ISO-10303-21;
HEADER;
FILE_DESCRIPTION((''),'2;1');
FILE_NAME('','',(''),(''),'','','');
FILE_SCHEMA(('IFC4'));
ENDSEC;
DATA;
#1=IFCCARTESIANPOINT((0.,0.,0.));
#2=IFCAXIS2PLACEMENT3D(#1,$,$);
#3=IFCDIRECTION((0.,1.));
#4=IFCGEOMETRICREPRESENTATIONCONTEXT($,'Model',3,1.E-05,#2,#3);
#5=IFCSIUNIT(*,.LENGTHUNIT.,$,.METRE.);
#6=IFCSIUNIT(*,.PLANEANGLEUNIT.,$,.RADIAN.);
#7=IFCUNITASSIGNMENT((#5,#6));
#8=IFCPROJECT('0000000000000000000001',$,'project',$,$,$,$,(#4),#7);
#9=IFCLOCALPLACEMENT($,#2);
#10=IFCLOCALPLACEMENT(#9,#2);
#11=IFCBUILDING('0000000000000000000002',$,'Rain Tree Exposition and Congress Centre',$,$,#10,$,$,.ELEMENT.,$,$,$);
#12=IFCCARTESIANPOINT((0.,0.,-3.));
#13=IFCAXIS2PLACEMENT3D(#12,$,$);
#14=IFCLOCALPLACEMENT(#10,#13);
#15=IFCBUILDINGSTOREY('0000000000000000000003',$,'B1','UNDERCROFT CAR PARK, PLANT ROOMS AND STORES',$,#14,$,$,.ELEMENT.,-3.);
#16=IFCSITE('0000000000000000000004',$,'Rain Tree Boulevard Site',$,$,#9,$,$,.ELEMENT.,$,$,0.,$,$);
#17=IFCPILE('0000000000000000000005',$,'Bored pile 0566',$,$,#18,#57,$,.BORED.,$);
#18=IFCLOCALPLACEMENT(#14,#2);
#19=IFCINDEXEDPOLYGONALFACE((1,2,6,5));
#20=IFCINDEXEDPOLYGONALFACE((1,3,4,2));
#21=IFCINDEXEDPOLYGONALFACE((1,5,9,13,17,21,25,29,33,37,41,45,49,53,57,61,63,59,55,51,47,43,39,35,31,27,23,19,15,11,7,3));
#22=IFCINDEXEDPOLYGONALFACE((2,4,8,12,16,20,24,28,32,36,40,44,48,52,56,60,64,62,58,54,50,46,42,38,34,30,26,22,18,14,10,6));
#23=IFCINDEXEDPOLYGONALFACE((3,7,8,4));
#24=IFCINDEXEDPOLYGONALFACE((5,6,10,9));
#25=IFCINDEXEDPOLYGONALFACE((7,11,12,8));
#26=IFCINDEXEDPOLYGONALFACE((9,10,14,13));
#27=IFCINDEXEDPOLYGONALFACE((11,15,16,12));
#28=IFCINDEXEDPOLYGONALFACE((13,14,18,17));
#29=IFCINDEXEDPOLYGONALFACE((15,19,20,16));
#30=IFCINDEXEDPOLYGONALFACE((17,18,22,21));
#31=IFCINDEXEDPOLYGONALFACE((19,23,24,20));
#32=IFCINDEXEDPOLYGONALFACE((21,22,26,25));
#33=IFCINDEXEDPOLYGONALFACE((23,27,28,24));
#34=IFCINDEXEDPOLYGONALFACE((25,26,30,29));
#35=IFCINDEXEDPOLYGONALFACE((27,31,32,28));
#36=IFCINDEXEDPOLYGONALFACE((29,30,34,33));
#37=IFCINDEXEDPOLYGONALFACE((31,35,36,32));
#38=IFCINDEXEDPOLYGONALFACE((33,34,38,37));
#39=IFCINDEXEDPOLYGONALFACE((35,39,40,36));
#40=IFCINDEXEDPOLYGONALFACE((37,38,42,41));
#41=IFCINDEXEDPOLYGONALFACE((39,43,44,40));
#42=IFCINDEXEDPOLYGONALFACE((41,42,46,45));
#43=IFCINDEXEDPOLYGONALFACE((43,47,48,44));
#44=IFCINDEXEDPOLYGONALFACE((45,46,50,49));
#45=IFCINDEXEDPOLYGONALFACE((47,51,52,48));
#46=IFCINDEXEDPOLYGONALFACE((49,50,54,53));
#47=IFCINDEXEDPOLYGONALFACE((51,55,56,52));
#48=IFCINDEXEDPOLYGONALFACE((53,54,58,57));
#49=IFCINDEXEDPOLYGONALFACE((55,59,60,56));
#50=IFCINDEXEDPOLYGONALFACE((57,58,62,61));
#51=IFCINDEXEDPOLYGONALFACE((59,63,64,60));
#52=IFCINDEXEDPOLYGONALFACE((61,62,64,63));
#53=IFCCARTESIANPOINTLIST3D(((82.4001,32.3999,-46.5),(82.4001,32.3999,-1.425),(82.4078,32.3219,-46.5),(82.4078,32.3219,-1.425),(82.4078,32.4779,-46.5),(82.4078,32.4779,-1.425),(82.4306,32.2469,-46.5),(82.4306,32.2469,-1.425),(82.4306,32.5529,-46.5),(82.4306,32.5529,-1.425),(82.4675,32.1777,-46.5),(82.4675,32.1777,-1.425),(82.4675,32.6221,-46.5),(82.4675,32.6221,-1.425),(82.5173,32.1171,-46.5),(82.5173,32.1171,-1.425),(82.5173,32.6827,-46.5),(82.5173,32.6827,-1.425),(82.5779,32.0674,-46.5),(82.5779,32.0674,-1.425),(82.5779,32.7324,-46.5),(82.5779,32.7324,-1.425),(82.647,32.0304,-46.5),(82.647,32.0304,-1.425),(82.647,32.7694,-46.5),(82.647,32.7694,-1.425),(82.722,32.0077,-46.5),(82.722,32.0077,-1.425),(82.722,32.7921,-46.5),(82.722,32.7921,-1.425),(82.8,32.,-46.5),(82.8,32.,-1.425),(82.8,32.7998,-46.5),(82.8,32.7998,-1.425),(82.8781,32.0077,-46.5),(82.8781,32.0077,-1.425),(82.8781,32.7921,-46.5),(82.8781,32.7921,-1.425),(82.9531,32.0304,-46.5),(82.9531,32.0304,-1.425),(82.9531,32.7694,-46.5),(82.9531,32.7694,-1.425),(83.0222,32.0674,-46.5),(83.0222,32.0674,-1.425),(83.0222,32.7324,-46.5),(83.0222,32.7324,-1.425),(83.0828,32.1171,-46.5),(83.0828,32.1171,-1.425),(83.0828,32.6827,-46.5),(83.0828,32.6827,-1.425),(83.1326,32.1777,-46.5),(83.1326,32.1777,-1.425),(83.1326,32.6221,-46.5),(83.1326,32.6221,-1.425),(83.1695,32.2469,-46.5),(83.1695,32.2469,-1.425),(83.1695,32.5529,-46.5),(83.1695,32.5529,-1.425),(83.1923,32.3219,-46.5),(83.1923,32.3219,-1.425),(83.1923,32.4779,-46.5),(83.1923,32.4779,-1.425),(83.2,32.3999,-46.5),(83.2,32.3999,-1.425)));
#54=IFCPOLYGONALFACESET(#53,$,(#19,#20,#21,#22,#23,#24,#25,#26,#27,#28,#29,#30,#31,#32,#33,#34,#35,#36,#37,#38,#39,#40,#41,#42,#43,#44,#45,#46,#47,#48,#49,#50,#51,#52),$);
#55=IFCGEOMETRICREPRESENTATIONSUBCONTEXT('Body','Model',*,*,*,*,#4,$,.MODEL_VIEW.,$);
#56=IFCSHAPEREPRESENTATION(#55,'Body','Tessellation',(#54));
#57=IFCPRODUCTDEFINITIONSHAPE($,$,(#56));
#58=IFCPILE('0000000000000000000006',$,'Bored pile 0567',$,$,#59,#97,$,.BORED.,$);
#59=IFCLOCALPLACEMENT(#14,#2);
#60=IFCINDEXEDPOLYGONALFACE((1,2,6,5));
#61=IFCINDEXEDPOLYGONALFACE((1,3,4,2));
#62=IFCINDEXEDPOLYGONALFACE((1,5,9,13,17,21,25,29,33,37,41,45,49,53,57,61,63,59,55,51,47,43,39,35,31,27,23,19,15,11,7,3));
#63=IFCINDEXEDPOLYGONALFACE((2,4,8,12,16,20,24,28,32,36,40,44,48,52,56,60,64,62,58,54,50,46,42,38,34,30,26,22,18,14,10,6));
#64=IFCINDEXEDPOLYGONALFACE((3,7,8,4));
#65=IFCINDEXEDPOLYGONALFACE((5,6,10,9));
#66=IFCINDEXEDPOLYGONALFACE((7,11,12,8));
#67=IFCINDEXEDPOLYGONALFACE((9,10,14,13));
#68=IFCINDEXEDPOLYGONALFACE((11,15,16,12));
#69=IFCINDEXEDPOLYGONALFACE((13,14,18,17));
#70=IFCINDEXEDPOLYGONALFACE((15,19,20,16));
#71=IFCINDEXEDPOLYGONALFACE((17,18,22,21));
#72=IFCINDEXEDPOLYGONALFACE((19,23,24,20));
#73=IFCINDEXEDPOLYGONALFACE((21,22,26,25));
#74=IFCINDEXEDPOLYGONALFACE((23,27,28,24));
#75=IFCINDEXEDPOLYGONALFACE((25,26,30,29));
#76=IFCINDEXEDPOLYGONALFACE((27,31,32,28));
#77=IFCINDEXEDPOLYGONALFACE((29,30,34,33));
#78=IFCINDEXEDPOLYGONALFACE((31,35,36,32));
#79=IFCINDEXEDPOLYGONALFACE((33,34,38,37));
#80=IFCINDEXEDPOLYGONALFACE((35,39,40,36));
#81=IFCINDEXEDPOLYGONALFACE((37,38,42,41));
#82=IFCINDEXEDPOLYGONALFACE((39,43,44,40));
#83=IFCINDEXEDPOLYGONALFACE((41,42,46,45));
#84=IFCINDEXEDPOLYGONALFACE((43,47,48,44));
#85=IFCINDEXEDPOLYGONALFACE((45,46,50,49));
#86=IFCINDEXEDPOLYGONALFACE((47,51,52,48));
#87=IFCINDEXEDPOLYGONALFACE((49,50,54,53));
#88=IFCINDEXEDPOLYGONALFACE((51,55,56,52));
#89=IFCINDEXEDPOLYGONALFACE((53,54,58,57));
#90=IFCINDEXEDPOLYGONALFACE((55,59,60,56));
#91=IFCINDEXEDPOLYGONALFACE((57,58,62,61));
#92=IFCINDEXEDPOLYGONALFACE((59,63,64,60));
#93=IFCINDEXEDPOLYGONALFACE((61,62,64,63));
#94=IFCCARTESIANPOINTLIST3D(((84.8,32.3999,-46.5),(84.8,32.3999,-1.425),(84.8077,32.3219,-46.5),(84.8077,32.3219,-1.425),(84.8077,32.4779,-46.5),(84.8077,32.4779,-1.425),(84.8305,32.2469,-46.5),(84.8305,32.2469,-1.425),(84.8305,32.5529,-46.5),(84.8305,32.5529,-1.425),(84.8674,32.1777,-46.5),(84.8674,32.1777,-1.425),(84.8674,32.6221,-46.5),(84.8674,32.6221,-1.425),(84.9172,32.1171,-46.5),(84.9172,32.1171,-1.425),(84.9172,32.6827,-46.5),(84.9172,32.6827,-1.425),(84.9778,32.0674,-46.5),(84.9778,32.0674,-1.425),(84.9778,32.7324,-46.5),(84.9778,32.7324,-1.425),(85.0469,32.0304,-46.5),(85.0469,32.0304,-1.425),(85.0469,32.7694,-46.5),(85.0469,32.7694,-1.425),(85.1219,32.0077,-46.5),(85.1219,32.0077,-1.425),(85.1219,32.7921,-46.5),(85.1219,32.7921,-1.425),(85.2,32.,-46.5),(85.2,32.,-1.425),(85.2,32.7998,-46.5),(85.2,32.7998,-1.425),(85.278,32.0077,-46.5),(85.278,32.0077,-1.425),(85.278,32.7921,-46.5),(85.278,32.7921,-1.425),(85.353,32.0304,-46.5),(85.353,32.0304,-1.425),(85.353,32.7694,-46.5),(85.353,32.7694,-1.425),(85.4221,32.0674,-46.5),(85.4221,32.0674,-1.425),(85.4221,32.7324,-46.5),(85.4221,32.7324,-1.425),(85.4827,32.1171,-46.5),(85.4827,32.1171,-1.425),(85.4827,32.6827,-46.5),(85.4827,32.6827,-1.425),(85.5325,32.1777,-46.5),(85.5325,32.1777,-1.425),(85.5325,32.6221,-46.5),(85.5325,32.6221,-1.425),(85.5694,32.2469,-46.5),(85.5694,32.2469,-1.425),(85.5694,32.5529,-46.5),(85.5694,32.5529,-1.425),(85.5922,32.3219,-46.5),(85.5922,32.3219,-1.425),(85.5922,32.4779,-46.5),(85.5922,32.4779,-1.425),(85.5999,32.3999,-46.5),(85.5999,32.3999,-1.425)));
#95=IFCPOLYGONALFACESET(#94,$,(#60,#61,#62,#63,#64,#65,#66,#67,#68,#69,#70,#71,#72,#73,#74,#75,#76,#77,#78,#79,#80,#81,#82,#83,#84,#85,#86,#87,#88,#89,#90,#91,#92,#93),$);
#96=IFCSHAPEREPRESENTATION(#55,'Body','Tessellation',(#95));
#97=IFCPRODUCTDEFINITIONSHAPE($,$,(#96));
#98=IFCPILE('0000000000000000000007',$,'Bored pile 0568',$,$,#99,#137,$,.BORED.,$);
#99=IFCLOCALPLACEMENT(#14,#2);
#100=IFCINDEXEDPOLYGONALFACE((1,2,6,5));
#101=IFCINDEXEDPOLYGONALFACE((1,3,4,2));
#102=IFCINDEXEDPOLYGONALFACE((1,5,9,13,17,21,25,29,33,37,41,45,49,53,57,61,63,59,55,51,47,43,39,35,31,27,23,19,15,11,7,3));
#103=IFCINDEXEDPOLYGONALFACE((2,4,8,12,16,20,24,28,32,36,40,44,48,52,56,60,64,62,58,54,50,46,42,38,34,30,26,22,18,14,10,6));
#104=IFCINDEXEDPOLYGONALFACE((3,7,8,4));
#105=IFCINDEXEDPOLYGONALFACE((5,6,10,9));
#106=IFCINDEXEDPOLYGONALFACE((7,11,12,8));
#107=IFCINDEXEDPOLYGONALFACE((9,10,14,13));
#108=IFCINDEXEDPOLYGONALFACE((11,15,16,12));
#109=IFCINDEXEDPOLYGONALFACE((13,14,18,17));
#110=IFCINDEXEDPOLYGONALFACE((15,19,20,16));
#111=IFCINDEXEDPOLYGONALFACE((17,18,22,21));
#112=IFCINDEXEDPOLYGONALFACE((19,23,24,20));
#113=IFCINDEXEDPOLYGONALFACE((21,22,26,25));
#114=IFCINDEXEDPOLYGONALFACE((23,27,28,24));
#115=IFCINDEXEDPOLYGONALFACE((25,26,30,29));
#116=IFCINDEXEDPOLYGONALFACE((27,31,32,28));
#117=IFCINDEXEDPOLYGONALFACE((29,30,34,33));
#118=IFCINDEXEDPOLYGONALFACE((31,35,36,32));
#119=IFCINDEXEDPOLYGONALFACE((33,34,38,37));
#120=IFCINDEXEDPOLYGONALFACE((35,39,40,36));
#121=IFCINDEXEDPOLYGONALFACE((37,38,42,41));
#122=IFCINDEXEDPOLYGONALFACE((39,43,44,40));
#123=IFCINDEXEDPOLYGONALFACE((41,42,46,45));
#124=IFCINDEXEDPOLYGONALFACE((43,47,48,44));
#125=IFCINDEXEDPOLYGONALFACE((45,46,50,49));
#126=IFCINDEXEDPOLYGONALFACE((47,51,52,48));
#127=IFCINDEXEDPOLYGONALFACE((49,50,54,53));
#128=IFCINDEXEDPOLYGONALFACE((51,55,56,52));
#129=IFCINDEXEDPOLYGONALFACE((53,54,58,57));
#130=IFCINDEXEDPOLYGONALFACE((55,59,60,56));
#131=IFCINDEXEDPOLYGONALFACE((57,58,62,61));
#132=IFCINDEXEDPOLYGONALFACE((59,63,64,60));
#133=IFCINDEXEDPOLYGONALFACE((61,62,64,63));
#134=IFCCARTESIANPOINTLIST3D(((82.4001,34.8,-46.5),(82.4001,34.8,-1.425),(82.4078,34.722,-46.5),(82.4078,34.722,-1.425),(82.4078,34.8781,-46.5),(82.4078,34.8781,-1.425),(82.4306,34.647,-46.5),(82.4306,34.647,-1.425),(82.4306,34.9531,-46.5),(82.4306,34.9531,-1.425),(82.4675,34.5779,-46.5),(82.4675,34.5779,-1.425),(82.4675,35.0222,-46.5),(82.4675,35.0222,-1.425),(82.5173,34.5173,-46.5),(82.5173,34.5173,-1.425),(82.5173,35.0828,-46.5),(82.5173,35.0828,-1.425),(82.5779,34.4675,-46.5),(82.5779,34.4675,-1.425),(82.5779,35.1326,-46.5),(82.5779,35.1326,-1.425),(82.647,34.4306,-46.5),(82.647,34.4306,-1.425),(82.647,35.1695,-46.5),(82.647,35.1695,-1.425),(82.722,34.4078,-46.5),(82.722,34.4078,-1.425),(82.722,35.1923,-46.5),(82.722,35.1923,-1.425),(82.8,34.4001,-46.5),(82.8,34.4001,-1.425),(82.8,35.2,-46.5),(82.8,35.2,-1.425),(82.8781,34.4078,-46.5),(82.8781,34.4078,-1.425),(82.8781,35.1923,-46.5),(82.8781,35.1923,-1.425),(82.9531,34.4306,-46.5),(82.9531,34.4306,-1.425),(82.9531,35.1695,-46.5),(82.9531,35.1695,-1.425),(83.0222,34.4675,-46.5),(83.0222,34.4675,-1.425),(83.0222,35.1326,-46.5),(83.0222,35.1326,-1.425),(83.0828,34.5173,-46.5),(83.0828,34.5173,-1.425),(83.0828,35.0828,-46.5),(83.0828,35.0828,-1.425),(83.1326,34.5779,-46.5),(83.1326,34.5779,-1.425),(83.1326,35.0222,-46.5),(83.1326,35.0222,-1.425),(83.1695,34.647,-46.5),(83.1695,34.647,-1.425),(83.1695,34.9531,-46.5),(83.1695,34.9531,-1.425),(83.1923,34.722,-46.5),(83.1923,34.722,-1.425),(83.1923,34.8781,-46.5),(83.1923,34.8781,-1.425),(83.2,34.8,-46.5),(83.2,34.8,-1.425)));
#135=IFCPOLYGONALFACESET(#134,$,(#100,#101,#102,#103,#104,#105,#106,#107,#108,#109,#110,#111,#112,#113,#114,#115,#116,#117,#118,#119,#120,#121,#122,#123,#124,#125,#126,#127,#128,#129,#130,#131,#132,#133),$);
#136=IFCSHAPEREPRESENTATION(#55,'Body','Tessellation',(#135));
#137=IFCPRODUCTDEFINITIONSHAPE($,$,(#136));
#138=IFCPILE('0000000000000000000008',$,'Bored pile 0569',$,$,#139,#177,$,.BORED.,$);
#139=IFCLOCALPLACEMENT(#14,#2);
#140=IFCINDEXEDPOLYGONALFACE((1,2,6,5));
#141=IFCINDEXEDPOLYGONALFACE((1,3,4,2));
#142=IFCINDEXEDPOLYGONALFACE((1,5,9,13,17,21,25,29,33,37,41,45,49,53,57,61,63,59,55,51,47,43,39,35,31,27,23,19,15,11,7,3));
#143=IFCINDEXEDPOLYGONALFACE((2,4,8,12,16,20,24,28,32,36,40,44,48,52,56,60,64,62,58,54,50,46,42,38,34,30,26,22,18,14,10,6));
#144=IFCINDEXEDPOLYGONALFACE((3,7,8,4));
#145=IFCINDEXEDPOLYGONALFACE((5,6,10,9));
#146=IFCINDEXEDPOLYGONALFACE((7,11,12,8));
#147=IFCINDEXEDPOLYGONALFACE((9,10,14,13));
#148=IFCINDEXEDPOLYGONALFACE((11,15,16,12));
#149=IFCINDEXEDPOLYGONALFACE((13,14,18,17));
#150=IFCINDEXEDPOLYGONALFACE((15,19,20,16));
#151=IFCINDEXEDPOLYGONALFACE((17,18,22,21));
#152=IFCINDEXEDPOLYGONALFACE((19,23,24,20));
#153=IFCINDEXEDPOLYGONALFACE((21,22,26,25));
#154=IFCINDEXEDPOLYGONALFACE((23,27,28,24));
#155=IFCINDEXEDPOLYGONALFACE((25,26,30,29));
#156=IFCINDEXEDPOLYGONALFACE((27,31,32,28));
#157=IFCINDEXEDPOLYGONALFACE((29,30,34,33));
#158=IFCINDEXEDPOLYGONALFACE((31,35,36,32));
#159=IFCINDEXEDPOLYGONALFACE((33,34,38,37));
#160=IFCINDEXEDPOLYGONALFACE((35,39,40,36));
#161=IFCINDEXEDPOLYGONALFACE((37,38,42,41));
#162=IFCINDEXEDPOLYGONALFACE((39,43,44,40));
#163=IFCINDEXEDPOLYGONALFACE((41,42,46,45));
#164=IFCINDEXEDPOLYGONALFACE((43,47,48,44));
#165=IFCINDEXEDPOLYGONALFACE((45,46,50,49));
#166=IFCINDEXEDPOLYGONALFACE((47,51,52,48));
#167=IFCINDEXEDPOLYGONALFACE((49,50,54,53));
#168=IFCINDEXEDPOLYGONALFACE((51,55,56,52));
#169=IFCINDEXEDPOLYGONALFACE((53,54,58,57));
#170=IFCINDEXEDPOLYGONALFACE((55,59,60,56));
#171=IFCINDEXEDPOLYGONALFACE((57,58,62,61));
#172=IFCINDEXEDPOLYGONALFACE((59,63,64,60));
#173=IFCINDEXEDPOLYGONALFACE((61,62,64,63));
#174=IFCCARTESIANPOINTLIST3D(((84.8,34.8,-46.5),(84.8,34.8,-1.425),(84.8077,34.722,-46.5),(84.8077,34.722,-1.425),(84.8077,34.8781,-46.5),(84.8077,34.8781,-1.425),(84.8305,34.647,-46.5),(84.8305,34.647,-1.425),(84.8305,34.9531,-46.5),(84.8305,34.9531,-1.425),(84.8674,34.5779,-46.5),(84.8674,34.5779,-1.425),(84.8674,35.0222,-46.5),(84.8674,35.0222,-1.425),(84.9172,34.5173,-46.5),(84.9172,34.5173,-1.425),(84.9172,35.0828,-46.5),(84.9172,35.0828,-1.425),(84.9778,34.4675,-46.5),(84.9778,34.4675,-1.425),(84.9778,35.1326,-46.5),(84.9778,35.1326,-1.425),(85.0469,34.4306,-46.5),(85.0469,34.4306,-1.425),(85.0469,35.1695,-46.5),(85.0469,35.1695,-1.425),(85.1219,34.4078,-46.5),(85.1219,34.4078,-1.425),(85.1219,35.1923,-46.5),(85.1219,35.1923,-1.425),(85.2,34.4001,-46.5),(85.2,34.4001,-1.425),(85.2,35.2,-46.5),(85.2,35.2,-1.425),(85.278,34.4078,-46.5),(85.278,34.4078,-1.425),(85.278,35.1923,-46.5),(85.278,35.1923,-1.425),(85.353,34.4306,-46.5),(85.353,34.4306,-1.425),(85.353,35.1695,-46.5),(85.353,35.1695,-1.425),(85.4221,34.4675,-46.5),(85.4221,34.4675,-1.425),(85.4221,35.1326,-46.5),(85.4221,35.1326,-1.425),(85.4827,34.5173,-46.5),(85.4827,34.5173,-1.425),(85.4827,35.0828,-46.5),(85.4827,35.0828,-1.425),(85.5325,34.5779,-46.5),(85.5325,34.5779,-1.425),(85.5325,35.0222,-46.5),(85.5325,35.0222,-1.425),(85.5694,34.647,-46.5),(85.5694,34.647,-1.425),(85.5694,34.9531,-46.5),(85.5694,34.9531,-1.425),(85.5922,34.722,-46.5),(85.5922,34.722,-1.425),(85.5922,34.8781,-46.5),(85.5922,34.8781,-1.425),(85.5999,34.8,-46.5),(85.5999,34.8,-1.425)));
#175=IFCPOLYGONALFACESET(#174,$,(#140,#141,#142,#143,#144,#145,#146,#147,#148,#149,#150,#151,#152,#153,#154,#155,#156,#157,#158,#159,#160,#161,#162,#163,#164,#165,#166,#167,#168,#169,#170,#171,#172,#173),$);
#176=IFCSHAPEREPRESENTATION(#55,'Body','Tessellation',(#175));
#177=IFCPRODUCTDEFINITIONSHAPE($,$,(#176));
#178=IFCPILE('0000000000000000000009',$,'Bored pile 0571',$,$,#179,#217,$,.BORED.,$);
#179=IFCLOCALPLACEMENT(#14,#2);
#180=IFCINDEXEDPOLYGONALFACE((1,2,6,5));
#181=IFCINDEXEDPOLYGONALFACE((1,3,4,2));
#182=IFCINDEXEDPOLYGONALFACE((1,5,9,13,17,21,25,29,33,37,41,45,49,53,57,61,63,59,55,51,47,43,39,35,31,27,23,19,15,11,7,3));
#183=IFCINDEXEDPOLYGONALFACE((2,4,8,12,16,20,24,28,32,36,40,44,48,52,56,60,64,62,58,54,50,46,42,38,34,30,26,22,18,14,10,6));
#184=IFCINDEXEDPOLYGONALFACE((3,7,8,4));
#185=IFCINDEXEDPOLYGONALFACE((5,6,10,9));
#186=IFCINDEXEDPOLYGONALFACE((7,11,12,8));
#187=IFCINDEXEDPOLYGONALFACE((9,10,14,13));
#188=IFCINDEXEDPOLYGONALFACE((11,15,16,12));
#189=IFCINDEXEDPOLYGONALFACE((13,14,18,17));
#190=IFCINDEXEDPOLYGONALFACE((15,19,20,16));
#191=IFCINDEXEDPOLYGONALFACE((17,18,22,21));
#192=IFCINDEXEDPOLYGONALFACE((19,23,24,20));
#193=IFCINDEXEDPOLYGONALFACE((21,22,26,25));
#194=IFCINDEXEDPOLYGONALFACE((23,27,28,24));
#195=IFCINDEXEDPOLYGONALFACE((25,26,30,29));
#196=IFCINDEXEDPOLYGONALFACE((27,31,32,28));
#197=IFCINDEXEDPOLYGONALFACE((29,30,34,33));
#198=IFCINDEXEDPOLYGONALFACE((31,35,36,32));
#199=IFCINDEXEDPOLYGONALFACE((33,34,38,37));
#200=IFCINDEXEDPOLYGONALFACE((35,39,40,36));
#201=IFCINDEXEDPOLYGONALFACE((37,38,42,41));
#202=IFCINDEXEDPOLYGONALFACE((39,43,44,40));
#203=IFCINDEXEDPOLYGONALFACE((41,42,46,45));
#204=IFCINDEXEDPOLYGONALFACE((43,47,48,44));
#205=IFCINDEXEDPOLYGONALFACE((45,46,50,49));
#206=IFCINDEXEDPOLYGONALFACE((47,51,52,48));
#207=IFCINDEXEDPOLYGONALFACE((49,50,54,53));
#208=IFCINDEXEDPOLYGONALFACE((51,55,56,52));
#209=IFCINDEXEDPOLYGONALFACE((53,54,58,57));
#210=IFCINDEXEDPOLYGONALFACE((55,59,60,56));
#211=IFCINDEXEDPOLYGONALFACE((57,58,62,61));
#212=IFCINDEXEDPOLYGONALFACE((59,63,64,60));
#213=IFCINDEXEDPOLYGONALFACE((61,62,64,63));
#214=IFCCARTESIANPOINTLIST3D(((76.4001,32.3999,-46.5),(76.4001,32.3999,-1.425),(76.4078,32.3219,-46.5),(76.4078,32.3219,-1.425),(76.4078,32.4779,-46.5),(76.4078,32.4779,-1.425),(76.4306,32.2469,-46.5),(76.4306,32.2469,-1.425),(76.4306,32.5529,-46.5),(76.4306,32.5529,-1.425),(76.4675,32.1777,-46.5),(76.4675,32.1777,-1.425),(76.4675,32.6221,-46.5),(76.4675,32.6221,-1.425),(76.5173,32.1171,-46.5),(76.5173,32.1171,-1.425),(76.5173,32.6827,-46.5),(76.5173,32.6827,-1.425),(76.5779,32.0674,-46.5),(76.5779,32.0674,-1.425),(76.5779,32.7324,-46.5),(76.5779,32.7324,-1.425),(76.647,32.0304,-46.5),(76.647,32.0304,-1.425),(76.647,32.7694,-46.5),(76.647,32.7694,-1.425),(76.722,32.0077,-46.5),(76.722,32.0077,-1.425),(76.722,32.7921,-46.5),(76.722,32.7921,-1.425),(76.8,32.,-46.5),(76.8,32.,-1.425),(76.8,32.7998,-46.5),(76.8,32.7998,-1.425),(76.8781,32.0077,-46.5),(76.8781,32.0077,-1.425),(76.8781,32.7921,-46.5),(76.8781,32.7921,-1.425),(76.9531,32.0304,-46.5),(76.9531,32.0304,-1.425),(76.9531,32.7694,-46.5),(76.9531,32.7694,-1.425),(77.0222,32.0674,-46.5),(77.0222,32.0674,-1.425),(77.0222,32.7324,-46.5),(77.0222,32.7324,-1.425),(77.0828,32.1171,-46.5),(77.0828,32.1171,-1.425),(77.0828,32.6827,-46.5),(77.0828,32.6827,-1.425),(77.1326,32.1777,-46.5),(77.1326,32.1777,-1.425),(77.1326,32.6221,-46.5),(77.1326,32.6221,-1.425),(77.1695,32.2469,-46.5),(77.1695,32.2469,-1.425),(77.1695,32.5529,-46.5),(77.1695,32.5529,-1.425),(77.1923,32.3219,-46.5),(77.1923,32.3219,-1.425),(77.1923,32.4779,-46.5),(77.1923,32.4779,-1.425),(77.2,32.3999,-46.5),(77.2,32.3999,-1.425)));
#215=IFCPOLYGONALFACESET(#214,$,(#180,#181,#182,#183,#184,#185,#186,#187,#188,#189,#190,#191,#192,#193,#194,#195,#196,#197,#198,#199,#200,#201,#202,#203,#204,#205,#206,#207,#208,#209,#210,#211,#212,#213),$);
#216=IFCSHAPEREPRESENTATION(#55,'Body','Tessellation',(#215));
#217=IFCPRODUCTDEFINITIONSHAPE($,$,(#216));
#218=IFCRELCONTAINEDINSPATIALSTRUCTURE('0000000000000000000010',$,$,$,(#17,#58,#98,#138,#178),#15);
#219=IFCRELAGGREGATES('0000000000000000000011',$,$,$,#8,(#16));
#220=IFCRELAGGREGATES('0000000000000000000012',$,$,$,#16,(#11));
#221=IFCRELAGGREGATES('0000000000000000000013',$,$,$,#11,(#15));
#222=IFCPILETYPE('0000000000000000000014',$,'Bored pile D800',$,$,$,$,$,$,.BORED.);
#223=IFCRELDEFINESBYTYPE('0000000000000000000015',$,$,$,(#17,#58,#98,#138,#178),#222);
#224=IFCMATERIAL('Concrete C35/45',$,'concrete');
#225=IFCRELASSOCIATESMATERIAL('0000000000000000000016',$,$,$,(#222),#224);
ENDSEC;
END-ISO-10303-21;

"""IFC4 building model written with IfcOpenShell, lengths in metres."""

from ifc_helpers import new_model, si_unit, direction, frame, origin, origin_2d, place, context, subcontext, project, spatial, circle, extrude, material, material_profile, profile_set, type_object, element, save


model = new_model("IFC4")

# Units and contexts
model_context = context("Model", 3, precision=1e-05, world=origin(), true_north=direction((0.0, 1.0)))
body_context = subcontext(model_context, "Body", "Model", "MODEL_VIEW")
ifc_project = project(units=[si_unit("LENGTHUNIT", "METRE"), si_unit("PLANEANGLEUNIT", "RADIAN")], contexts=[model_context])

# Site, building, storey
site_placement = place(None, origin())
site = spatial("IfcSite", under=ifc_project, at=site_placement, Name="Rain Tree Boulevard Site", CompositionType="ELEMENT", RefElevation=0.0)
building_placement = place(site_placement, origin())
building = spatial("IfcBuilding", under=site, at=building_placement, Name="Rain Tree Exposition and Congress Centre", CompositionType="ELEMENT")
storey_placement = place(building_placement, frame((0.0, 0.0, -3.0)))
storey = spatial("IfcBuildingStorey", under=building, at=storey_placement, Name="B1", Description="UNDERCROFT CAR PARK, PLANT ROOMS AND STORES", CompositionType="ELEMENT", Elevation=-3.0)

# Piles
ifc_material_1 = material(Name="Concrete C35/45", Category="concrete")
ifc_material_profile_1 = material_profile(ifc_material_1, circle(Radius=0.3999, at=origin_2d()), Name="D800")
ifc_profile_set_1 = profile_set([ifc_material_profile_1], Name="Concrete C35/45")
pile_type = type_object("IfcPileType", Name="Bored pile D800", PredefinedType="BORED", material=ifc_profile_set_1)
for number, where, z_axis, x_axis, name in (
    (1, (82.8, 32.3999, -1.425), (0.0, 0.0, -1.0), (1.0, 0.0, 0.0), "Bored pile 0566"),
    (2, (85.2, 32.3999, -1.425), (0.0, 0.0, -1.0), (1.0, 0.0, 0.0), "Bored pile 0567"),
    (3, (82.8, 34.8, -1.425), (0.0, 0.0, -1.0), (1.0, 0.0, 0.0), "Bored pile 0568"),
    (4, (85.2, 34.8, -1.425), (0.0, 0.0, -1.0), (1.0, 0.0, 0.0), "Bored pile 0569"),
    (5, (76.8, 32.3999, -1.425), (0.0, 0.0, -1.0), (1.0, 0.0, 0.0), "Bored pile 0571"),
):
    element("IfcPile", number, at=place(storey_placement, frame(where, z_axis=z_axis, x_axis=x_axis)), inside=storey, type_object=pile_type, Name=name, PredefinedType="BORED", context=body_context, shape_type="SweptSolid", body=[
        extrude(circle(Radius=0.3999, at=origin_2d()), origin(), (0.0, 0.0, 1.0), 45.075),
    ])

save(model, "model.ifc")
